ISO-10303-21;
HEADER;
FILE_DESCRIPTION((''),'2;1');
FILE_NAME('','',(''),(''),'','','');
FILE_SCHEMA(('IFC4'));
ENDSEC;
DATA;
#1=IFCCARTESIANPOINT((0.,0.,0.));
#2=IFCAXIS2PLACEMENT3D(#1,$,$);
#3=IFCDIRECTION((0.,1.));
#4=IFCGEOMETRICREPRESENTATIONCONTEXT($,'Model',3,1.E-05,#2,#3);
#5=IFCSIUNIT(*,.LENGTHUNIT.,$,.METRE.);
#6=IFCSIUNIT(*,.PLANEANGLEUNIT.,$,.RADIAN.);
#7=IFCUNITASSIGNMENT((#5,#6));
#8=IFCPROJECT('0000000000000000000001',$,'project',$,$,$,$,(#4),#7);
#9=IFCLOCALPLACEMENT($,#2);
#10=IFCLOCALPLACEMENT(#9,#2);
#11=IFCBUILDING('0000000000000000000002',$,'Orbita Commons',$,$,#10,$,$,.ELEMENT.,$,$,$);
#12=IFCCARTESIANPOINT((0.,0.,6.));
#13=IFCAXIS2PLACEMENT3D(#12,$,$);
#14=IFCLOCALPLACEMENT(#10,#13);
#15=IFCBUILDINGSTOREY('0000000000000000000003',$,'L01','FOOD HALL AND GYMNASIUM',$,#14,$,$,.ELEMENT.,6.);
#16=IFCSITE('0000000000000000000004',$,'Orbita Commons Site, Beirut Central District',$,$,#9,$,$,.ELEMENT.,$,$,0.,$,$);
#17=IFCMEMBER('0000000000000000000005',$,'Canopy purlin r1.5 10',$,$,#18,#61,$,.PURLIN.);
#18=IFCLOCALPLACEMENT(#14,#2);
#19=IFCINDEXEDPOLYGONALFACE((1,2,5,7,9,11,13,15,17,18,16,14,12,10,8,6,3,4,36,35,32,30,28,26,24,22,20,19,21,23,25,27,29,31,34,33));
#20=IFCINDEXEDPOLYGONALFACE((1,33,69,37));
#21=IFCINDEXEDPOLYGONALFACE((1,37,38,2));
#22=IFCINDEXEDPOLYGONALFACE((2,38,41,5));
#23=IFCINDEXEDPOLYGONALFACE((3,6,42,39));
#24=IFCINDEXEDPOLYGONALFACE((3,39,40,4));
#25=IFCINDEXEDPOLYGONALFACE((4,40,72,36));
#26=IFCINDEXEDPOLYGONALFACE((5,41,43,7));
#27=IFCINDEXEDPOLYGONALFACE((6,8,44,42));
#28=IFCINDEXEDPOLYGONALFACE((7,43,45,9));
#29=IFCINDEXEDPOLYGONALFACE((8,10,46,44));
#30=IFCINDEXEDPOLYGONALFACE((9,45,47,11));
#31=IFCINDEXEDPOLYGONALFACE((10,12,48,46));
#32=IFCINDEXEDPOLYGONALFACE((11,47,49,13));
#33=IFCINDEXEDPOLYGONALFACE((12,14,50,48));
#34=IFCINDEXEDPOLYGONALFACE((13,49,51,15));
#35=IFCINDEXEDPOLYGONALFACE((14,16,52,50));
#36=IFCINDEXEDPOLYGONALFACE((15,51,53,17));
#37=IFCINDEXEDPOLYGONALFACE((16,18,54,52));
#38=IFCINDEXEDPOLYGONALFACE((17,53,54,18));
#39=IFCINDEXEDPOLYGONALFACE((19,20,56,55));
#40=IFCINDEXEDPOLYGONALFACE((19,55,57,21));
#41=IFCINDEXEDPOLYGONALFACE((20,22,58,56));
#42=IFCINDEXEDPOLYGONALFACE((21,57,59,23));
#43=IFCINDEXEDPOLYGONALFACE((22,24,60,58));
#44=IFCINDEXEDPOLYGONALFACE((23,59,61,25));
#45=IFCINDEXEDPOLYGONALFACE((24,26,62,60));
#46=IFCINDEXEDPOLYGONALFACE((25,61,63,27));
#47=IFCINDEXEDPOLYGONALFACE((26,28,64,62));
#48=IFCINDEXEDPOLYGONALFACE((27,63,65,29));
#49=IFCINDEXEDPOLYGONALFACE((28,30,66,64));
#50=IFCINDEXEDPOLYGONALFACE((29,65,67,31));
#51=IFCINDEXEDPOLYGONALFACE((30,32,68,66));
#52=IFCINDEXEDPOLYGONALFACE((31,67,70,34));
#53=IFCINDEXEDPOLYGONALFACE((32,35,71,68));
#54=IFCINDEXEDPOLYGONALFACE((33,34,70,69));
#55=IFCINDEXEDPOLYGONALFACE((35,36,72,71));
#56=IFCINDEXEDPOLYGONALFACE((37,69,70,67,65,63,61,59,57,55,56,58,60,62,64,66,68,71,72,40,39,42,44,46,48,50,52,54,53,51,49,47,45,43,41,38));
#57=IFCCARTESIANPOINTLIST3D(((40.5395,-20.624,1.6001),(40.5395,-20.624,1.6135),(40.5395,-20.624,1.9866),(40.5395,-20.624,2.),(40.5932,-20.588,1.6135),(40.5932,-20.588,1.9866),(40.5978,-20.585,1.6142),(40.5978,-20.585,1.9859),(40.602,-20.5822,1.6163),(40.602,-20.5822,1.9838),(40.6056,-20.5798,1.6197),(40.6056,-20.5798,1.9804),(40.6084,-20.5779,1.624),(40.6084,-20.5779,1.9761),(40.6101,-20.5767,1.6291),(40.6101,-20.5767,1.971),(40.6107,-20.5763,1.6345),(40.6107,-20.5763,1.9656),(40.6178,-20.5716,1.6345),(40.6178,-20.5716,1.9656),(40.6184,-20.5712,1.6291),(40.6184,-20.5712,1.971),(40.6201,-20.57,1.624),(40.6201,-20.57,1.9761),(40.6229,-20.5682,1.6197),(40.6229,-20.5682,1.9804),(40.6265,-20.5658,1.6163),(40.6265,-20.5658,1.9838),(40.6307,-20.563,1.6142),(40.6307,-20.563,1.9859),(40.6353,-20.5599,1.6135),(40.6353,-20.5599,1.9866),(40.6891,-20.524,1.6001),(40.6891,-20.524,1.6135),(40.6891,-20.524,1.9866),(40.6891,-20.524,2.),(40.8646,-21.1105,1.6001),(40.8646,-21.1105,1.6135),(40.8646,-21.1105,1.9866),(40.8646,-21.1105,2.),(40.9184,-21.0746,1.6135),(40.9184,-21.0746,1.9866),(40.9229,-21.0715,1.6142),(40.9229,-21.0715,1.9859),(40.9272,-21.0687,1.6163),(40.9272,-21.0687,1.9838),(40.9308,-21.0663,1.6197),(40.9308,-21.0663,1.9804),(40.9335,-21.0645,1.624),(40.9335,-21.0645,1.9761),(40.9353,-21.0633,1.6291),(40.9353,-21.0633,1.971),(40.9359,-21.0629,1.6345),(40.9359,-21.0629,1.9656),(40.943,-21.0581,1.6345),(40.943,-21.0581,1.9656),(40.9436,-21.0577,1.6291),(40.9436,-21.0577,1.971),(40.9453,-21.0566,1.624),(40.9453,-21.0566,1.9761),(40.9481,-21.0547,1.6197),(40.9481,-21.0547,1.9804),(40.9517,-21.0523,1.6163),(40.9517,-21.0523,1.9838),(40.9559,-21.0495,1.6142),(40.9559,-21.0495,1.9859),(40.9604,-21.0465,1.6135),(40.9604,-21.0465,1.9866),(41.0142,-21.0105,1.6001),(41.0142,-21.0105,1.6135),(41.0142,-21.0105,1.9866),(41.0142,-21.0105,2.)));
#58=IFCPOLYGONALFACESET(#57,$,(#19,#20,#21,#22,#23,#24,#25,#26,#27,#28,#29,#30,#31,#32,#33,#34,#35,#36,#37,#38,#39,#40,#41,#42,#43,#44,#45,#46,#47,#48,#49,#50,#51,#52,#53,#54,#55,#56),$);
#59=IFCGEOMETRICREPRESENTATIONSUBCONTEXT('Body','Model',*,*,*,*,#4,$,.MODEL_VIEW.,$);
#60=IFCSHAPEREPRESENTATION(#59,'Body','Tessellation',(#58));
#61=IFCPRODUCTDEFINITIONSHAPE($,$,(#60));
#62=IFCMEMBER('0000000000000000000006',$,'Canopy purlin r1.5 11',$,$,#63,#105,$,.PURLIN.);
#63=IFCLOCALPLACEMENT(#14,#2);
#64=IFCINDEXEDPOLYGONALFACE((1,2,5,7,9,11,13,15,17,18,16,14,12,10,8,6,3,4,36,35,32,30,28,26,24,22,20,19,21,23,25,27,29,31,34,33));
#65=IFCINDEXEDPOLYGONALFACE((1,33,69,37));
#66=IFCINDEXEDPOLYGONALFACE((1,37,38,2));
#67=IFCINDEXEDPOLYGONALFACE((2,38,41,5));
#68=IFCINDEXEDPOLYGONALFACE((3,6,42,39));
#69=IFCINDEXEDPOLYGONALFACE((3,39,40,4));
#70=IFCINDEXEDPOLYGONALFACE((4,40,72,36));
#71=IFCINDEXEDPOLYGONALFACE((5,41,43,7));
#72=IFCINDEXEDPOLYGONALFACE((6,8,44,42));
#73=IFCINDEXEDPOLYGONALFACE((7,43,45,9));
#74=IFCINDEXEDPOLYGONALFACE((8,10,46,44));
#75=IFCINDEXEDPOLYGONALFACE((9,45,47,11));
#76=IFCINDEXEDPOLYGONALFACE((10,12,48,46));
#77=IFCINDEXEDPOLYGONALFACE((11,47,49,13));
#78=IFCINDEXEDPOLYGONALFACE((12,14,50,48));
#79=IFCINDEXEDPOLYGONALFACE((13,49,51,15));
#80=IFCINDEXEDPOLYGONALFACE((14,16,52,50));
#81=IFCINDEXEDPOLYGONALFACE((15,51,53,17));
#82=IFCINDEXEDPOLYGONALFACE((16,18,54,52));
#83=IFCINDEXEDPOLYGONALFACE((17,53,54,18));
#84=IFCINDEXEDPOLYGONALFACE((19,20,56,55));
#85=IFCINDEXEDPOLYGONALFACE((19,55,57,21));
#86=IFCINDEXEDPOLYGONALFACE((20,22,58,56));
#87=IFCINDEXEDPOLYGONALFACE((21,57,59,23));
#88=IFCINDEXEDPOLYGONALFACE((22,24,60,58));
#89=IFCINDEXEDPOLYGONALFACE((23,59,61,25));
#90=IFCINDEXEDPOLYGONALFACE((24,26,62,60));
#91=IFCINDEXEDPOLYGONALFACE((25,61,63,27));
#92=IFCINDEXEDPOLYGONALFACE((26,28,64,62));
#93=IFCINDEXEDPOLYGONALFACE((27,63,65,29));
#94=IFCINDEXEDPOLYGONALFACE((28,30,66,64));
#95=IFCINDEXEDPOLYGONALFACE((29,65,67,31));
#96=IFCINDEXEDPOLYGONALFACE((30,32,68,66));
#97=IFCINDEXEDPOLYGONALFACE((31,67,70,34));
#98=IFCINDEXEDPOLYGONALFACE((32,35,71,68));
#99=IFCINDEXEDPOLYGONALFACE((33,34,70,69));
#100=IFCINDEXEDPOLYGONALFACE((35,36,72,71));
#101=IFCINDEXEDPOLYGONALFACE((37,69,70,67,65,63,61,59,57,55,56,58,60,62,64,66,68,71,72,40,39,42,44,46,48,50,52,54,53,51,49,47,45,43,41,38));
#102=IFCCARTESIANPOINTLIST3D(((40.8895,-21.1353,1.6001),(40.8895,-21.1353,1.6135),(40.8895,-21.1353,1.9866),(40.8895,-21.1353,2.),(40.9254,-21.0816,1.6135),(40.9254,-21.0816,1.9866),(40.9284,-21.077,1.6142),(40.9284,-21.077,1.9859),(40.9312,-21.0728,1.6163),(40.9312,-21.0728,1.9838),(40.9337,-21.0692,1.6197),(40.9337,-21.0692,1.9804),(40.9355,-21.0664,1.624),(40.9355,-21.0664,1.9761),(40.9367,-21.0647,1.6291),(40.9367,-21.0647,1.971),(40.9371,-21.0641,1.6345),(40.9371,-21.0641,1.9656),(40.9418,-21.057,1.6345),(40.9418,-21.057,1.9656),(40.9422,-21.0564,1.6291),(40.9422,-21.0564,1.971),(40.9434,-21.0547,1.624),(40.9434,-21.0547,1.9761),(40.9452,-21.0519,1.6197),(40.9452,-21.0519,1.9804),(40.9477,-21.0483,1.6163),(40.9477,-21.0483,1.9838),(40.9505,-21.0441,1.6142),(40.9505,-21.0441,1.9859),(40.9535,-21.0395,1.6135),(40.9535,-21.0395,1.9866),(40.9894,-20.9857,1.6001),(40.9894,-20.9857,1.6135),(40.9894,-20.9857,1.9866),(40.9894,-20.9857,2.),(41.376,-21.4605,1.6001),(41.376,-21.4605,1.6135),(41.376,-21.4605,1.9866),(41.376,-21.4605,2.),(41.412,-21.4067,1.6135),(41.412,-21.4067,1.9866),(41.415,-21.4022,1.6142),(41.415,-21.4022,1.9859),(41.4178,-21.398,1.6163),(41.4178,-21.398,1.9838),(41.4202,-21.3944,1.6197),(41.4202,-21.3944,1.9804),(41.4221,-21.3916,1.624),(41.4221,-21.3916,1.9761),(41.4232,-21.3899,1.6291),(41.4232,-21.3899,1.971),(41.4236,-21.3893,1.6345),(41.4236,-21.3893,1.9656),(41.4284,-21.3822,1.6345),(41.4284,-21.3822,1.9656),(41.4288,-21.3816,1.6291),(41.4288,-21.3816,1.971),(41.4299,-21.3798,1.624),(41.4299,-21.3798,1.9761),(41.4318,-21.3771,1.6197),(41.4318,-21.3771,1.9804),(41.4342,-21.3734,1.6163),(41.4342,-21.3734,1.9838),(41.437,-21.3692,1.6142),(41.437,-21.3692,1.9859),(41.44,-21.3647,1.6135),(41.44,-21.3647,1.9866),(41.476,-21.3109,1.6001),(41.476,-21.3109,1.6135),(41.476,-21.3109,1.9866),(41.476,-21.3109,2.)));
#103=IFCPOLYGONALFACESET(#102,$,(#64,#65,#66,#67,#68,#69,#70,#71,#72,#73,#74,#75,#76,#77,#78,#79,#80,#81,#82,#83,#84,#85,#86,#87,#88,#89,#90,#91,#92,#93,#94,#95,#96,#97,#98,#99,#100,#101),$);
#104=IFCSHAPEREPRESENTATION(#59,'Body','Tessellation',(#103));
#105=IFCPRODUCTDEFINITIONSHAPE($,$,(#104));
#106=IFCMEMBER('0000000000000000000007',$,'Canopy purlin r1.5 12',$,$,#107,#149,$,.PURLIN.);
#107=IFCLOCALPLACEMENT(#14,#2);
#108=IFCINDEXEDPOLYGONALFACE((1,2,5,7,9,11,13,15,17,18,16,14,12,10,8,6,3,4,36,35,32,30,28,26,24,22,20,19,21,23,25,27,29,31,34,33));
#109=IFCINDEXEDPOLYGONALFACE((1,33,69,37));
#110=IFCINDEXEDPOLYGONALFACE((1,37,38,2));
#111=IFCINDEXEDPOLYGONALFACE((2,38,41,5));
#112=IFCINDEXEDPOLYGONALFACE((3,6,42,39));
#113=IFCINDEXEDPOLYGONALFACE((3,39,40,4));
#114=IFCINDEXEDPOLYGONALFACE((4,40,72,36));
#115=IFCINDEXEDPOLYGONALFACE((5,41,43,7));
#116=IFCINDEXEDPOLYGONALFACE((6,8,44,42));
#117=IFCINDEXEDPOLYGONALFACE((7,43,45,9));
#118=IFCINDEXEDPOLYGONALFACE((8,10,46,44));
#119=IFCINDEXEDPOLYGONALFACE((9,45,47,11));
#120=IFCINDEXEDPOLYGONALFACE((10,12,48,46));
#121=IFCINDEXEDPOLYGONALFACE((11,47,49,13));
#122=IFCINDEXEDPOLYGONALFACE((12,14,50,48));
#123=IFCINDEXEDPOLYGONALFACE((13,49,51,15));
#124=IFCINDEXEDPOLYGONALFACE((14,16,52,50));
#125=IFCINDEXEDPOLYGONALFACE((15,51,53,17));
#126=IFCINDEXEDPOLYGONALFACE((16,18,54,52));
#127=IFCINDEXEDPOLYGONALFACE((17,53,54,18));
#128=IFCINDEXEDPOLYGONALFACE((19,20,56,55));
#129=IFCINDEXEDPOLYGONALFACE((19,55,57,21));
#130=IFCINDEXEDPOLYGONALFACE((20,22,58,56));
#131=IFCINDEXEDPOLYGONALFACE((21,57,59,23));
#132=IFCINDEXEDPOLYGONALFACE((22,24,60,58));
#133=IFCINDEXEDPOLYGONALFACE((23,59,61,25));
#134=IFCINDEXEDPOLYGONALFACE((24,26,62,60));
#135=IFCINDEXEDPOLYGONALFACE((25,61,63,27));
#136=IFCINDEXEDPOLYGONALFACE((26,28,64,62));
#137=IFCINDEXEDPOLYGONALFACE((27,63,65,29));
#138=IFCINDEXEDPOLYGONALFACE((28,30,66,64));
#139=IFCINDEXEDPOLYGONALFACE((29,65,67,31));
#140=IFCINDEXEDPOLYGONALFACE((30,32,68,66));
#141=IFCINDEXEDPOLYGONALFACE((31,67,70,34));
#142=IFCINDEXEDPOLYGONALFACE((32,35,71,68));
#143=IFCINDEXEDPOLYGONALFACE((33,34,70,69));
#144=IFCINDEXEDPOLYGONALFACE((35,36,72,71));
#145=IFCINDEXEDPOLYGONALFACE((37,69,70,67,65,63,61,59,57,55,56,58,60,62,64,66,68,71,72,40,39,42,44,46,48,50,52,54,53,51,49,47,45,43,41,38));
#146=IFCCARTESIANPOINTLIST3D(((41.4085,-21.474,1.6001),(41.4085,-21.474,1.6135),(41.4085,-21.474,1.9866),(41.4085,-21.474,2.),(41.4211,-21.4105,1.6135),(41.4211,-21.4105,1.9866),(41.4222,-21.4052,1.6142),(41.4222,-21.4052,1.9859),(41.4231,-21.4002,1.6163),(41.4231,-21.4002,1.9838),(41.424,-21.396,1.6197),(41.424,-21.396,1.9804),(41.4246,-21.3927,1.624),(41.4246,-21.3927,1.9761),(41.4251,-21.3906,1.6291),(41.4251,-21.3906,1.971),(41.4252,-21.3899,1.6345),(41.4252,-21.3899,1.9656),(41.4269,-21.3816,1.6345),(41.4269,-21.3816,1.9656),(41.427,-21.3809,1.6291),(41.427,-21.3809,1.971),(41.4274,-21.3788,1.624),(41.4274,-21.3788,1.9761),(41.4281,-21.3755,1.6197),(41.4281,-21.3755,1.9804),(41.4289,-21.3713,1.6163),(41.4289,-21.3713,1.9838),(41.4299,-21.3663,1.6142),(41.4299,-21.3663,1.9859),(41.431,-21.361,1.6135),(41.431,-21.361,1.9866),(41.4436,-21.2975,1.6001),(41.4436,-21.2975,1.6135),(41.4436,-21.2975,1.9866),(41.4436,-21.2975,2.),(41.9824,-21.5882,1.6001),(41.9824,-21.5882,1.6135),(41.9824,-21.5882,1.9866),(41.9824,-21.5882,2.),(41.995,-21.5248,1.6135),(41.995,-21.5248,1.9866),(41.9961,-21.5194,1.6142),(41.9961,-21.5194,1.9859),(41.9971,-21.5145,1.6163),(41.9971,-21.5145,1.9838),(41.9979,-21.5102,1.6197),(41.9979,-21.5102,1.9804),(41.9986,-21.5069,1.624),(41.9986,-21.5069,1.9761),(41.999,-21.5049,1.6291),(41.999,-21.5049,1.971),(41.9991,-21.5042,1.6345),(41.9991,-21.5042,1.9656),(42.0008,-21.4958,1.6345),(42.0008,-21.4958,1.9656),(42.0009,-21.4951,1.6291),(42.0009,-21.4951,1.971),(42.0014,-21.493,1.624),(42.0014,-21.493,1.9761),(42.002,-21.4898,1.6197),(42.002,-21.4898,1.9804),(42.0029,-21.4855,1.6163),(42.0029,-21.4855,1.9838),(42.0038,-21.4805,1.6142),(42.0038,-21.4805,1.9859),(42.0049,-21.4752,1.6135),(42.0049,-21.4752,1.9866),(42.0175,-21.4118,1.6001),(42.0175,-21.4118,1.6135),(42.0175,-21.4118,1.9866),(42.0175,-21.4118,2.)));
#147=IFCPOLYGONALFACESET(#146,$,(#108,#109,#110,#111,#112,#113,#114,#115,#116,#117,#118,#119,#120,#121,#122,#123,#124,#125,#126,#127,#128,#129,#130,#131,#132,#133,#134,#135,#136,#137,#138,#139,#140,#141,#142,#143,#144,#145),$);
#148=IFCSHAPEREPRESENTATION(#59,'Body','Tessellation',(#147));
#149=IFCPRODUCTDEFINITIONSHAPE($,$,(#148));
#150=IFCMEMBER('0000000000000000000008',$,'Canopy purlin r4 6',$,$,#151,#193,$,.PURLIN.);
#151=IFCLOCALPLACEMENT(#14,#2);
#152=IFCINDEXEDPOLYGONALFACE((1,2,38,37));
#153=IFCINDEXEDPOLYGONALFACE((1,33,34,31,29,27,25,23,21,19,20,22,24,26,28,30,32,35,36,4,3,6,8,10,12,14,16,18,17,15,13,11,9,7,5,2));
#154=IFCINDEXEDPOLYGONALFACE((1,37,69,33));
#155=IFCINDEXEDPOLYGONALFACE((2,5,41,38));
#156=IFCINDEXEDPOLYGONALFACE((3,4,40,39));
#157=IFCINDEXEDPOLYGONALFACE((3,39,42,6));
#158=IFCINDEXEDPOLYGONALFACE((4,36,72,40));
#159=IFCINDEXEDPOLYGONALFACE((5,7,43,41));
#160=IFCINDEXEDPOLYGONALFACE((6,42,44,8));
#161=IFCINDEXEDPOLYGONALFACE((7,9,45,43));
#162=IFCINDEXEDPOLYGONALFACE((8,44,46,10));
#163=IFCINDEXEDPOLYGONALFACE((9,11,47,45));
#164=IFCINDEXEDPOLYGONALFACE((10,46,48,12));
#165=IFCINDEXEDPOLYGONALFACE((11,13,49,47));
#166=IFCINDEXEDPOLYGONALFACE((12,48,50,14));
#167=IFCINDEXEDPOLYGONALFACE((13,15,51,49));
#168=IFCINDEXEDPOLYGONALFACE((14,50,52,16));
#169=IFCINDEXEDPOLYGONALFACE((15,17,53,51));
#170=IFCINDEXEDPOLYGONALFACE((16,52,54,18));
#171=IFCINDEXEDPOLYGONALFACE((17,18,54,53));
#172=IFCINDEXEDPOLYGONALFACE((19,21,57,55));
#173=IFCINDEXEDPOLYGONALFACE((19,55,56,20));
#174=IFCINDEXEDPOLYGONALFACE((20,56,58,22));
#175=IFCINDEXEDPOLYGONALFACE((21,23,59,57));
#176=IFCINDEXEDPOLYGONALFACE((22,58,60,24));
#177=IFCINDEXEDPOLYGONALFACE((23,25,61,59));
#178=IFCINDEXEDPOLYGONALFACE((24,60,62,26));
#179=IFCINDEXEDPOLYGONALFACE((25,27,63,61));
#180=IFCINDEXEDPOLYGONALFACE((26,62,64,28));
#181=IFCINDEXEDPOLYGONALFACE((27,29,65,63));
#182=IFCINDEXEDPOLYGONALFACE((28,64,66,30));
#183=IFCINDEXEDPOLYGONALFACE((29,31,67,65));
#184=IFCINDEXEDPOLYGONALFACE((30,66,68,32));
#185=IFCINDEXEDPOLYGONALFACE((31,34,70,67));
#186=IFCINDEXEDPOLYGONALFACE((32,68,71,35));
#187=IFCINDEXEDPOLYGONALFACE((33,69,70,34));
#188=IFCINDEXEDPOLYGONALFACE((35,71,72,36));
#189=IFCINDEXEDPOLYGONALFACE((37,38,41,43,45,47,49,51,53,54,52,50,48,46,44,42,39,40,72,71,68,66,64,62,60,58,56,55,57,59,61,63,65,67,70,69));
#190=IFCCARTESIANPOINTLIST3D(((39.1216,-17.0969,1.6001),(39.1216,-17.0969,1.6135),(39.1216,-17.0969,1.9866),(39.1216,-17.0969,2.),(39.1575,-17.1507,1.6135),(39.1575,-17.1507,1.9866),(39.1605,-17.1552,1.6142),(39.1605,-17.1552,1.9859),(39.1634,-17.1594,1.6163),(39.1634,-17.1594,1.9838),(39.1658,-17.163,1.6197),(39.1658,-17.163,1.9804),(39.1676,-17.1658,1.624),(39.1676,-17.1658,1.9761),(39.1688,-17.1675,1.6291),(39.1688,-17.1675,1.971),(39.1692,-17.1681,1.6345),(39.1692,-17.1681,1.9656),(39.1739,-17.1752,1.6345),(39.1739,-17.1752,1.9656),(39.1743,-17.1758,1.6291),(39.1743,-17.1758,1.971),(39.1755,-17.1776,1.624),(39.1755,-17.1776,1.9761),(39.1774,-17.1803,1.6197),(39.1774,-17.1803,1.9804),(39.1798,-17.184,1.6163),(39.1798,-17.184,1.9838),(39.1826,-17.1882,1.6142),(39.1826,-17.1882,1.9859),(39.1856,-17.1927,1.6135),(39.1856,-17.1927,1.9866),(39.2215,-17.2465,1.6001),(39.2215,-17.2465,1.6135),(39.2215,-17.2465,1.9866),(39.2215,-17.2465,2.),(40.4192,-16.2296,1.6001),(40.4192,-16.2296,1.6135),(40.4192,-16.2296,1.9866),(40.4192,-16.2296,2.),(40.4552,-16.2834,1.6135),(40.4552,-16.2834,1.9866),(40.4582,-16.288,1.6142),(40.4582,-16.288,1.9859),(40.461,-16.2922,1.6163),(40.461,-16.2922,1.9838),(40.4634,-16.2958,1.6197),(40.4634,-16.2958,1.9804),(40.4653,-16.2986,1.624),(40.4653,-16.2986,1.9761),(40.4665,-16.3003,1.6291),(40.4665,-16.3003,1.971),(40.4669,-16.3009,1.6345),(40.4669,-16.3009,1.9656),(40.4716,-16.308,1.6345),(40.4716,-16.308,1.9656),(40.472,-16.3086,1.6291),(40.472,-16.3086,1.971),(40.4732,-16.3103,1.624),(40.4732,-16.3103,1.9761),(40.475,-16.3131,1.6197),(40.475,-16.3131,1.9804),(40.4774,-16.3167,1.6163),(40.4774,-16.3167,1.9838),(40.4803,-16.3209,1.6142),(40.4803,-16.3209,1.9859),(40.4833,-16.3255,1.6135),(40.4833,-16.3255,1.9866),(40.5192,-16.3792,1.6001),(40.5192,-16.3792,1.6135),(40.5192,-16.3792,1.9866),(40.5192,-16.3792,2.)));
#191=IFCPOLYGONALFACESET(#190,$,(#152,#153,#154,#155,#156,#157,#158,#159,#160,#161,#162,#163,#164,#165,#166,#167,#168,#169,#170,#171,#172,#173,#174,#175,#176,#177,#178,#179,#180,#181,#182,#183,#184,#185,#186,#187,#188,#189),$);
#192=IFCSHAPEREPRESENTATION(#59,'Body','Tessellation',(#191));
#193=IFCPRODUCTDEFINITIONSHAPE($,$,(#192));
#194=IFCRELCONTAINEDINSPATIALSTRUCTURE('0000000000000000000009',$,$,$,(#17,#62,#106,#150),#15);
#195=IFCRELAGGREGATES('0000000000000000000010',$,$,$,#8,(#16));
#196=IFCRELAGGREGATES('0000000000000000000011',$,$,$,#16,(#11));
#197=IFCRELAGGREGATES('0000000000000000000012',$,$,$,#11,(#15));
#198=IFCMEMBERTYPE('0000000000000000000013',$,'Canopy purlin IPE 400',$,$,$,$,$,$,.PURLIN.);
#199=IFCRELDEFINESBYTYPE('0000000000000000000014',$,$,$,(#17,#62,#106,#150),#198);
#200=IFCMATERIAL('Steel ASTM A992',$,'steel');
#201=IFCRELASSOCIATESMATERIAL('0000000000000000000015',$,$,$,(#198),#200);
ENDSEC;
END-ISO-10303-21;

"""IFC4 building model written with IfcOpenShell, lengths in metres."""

from ifc_helpers import new_model, si_unit, direction, frame, origin, origin_2d, place, context, subcontext, project, spatial, i_section, extrude, material, material_profile, profile_set, type_object, element, save


model = new_model("IFC4")

# Units and contexts
model_context = context("Model", 3, precision=1e-05, world=origin(), true_north=direction((0.0, 1.0)))
body_context = subcontext(model_context, "Body", "Model", "MODEL_VIEW")
ifc_project = project(units=[si_unit("LENGTHUNIT", "METRE"), si_unit("PLANEANGLEUNIT", "RADIAN")], contexts=[model_context])

# Site, building, storey
site_placement = place(None, origin())
site = spatial("IfcSite", under=ifc_project, at=site_placement, Name="Orbita Commons Site, Beirut Central District", CompositionType="ELEMENT", RefElevation=0.0)
building_placement = place(site_placement, origin())
building = spatial("IfcBuilding", under=site, at=building_placement, Name="Orbita Commons", CompositionType="ELEMENT")
storey_placement = place(building_placement, frame((0.0, 0.0, 6.0)))
storey = spatial("IfcBuildingStorey", under=building, at=storey_placement, Name="L01", Description="FOOD HALL AND GYMNASIUM", CompositionType="ELEMENT", Elevation=6.0)

# Members
ifc_material_1 = material(Name="Steel ASTM A992", Category="steel")
ifc_material_profile_1 = material_profile(ifc_material_1, i_section(OverallWidth=0.1799, OverallDepth=0.3999, WebThickness=0.0085, FlangeThickness=0.0134, FilletRadius=0.021, at=origin_2d()), Name="IPE 400")
ifc_profile_set_1 = profile_set([ifc_material_profile_1], Name="Steel ASTM A992")
member_type_1 = type_object("IfcMemberType", Name="Canopy purlin IPE 400", PredefinedType="PURLIN", material=ifc_profile_set_1)
for number, where, z_axis, x_axis, name in (
    (1, (40.6143, -20.574, 1.8), (0.555663, -0.831408, 0.0), (0.831408, 0.555663, 0.0), "Canopy purlin r1.5 10"),
    (2, (40.9395, -21.0605, 1.8), (0.831408, -0.555663, 0.0), (0.555663, 0.831408, 0.0), "Canopy purlin r1.5 11"),
    (3, (41.426, -21.3857, 1.8), (0.980757, -0.195234, 0.0), (0.195234, 0.980757, 0.0), "Canopy purlin r1.5 12"),
):
    element("IfcMember", number, at=place(storey_placement, frame(where, z_axis=z_axis, x_axis=x_axis)), inside=storey, type_object=member_type_1, Name=name, PredefinedType="PURLIN", context=body_context, shape_type="SweptSolid", body=[
        extrude(i_section(OverallWidth=0.1799, OverallDepth=0.3999, WebThickness=0.0085, FlangeThickness=0.0134, FilletRadius=0.021, at=origin_2d()), origin(), (0.0, 0.0, 1.0), 0.5852),
    ])
for number, where, z_axis, x_axis, name in (
    (4, (40.4692, -16.3044, 1.8), (-0.831424, -0.555638, 0.0), (0.555638, -0.831424, 0.0), "Canopy purlin r4 6"),
):
    element("IfcMember", number, at=place(storey_placement, frame(where, z_axis=z_axis, x_axis=x_axis)), inside=storey, type_object=member_type_1, Name=name, PredefinedType="PURLIN", context=body_context, shape_type="SweptSolid", body=[
        extrude(i_section(OverallWidth=0.1799, OverallDepth=0.3999, WebThickness=0.0085, FlangeThickness=0.0134, FilletRadius=0.021, at=origin_2d()), origin(), (0.0, 0.0, 1.0), 1.5608),
    ])

save(model, "model.ifc")
